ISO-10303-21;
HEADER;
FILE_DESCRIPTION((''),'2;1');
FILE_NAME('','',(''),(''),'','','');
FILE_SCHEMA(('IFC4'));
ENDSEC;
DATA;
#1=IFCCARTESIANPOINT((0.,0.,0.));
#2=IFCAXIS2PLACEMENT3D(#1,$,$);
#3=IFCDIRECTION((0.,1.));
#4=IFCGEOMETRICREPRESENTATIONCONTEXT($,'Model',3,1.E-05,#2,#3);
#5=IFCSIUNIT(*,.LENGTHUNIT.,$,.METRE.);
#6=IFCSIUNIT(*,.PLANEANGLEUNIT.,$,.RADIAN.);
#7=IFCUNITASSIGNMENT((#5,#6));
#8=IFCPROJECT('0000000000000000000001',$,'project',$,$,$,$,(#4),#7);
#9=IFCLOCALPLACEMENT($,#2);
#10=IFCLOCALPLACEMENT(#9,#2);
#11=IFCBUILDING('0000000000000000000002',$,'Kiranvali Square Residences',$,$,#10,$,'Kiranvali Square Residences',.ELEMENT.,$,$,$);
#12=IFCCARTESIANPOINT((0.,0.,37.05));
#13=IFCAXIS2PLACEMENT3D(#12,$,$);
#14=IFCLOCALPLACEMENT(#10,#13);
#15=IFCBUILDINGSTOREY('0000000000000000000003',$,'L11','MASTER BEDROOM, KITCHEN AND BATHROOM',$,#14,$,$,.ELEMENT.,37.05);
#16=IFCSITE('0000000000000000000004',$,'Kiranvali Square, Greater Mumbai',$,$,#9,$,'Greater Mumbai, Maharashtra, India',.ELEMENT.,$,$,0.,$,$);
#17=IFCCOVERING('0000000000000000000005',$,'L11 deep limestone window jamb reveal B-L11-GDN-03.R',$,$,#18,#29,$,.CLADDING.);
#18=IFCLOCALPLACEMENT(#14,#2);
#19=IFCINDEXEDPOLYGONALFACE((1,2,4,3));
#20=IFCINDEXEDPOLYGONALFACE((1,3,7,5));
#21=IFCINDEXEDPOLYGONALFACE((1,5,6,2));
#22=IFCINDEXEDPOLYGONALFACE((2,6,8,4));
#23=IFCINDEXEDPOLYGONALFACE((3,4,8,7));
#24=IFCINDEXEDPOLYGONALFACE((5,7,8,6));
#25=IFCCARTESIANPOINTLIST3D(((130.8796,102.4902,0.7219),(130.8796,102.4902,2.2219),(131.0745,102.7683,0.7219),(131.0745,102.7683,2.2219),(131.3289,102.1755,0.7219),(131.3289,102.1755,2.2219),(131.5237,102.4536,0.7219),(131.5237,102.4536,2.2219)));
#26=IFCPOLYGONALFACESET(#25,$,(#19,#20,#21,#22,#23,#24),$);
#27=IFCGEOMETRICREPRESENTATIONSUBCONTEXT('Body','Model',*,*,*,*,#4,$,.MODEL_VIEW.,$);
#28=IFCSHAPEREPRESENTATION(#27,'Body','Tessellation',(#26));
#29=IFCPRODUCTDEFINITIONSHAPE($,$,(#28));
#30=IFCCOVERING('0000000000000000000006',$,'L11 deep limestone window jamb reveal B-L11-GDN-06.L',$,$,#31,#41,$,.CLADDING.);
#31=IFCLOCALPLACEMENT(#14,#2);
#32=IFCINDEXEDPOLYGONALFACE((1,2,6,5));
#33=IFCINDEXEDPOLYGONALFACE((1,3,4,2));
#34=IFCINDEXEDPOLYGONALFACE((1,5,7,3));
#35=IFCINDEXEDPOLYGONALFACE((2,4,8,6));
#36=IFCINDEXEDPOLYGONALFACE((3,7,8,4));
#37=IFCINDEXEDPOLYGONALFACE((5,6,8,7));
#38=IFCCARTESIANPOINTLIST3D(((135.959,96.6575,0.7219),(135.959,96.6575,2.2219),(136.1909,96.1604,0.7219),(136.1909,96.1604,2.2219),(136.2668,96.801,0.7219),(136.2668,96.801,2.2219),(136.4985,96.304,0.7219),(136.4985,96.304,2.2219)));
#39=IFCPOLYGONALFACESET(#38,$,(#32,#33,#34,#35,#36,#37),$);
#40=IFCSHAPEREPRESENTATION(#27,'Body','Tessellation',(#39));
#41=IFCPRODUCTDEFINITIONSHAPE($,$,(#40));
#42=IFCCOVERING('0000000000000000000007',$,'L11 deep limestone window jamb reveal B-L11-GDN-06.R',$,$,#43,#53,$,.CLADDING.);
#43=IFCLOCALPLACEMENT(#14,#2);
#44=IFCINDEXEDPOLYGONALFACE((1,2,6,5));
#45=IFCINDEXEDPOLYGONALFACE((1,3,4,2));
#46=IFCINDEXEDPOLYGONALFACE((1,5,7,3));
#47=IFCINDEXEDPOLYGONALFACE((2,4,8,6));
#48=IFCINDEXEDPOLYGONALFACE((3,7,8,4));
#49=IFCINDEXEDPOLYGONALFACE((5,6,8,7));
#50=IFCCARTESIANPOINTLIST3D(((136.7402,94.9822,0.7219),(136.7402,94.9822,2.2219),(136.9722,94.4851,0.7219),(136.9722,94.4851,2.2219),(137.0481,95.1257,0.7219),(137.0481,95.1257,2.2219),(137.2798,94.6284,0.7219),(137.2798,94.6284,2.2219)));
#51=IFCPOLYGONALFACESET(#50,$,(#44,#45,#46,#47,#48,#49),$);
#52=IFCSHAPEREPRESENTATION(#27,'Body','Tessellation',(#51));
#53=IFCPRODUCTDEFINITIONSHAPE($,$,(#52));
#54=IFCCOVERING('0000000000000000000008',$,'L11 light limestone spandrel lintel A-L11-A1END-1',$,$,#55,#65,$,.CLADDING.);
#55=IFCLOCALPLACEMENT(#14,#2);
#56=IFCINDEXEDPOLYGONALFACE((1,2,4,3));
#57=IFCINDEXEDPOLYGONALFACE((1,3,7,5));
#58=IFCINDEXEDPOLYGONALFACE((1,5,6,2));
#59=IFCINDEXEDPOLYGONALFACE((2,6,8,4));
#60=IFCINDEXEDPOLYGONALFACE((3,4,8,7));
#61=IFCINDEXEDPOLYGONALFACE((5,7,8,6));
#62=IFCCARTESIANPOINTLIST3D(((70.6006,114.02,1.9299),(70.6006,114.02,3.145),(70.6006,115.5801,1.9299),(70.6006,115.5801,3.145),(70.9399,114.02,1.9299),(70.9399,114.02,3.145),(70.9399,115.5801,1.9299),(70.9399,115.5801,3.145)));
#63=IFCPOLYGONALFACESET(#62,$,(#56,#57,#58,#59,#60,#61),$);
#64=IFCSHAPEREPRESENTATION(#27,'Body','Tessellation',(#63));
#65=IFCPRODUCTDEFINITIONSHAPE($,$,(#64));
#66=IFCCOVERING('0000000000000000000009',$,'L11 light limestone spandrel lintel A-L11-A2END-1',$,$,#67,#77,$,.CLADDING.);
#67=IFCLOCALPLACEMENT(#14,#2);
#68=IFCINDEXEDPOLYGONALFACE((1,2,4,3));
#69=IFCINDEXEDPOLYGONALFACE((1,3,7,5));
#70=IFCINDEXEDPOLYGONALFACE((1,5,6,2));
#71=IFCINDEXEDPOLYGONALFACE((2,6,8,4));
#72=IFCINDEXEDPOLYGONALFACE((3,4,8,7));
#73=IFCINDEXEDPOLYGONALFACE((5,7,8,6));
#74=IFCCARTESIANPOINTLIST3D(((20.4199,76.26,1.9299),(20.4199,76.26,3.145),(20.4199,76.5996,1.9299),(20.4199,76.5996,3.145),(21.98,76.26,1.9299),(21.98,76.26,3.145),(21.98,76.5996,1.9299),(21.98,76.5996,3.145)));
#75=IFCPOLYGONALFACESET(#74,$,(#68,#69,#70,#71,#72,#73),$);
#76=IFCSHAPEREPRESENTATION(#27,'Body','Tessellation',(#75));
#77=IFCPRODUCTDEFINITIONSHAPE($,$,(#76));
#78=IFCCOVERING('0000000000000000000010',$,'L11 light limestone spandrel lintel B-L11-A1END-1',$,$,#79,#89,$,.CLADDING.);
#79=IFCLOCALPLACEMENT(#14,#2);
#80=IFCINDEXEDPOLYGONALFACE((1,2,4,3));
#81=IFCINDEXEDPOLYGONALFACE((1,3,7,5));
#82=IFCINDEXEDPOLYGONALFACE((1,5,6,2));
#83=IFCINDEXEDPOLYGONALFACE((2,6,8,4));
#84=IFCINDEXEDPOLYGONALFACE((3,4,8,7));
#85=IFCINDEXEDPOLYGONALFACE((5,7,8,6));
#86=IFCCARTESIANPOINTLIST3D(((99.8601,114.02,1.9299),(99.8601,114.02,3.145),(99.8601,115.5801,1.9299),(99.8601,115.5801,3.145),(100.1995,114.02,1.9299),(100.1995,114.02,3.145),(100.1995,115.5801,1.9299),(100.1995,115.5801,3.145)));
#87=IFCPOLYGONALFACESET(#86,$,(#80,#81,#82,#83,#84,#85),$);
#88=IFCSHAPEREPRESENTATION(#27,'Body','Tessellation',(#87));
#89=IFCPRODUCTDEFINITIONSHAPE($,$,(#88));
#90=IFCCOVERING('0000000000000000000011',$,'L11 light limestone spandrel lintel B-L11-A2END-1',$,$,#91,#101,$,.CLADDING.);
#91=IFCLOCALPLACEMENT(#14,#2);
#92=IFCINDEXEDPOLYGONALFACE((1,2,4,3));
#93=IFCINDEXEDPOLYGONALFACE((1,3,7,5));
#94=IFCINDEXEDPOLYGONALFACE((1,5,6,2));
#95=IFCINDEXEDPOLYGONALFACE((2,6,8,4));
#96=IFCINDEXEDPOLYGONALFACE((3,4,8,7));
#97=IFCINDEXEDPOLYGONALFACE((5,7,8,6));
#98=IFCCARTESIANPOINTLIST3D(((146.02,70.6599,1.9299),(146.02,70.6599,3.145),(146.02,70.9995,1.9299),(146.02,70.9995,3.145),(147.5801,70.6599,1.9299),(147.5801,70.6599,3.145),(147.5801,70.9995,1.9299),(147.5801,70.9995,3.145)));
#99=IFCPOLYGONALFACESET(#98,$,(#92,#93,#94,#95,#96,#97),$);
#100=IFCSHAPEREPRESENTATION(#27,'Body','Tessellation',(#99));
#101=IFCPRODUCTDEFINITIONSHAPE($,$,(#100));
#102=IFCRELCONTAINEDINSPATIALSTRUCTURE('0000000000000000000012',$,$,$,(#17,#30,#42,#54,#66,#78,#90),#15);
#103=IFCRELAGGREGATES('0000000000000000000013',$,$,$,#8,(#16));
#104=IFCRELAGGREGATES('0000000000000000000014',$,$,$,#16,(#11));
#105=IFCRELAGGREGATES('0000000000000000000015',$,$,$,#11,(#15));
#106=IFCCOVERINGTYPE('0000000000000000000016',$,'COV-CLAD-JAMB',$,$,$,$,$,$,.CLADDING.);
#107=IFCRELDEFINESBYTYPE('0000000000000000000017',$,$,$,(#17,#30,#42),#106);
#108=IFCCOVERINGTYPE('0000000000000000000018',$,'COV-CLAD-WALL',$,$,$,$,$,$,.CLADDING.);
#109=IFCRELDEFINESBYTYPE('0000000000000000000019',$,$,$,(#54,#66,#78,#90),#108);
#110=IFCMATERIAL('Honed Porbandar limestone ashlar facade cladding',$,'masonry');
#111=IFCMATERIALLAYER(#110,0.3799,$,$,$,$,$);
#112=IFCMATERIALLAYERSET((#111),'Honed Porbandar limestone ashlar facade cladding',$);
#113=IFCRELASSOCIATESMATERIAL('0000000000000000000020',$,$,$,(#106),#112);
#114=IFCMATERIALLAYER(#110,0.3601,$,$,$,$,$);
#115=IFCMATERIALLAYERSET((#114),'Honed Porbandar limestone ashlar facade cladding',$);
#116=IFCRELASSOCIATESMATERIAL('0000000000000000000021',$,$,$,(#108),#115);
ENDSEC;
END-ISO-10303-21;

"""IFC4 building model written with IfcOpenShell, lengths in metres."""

from ifc_helpers import new_model, si_unit, direction, frame, origin, place, context, subcontext, project, spatial, polyline, outline, extrude, material, layer, layer_set, type_object, element, save


model = new_model("IFC4")

# Units and contexts
model_context = context("Model", 3, precision=1e-05, world=origin(), true_north=direction((0.0, 1.0)))
body_context = subcontext(model_context, "Body", "Model", "MODEL_VIEW")
ifc_project = project(units=[si_unit("LENGTHUNIT", "METRE"), si_unit("PLANEANGLEUNIT", "RADIAN")], contexts=[model_context])

# Site, building, storey
site_placement = place(None, origin())
site = spatial("IfcSite", under=ifc_project, at=site_placement, Name="Kiranvali Square, Greater Mumbai", LongName="Greater Mumbai, Maharashtra, India", CompositionType="ELEMENT", RefElevation=0.0)
building_placement = place(site_placement, origin())
building = spatial("IfcBuilding", under=site, at=building_placement, Name="Kiranvali Square Residences", LongName="Kiranvali Square Residences", CompositionType="ELEMENT")
storey_placement = place(building_placement, frame((0.0, 0.0, 37.05)))
storey = spatial("IfcBuildingStorey", under=building, at=storey_placement, Name="L11", Description="MASTER BEDROOM, KITCHEN AND BATHROOM", CompositionType="ELEMENT", Elevation=37.05)

# Coverings
ifc_material_1 = material(Name="Honed Porbandar limestone ashlar facade cladding", Category="masonry")
ifc_layer_1 = layer(ifc_material_1, 0.3799)
ifc_layer_set_1 = layer_set([ifc_layer_1], Name="Honed Porbandar limestone ashlar facade cladding")
covering_type_1 = type_object("IfcCoveringType", Name="COV-CLAD-JAMB", PredefinedType="CLADDING", material=ifc_layer_set_1)
covering_1_placement = place(storey_placement, frame((0.0, 0.0, 0.7219)))
element("IfcCovering", 1, at=covering_1_placement, inside=storey, type_object=covering_type_1, Name="L11 deep limestone window jamb reveal B-L11-GDN-03.R", PredefinedType="CLADDING", context=body_context, shape_type="SweptSolid", body=[
    extrude(outline(polyline([(130.8796, 102.4902), (131.3289, 102.1755), (131.5237, 102.4536), (131.0745, 102.7683), (130.8796, 102.4902)])), origin(), (0.0, 0.0, 1.0), 1.5),
])
covering_2_placement = place(storey_placement, frame((0.0, 0.0, 0.7219)))
element("IfcCovering", 2, at=covering_2_placement, inside=storey, type_object=covering_type_1, Name="L11 deep limestone window jamb reveal B-L11-GDN-06.L", PredefinedType="CLADDING", context=body_context, shape_type="SweptSolid", body=[
    extrude(outline(polyline([(135.959, 96.6575), (136.1909, 96.1604), (136.4985, 96.304), (136.2668, 96.801), (135.959, 96.6575)])), origin(), (0.0, 0.0, 1.0), 1.5),
])
covering_3_placement = place(storey_placement, frame((0.0, 0.0, 0.7219)))
element("IfcCovering", 3, at=covering_3_placement, inside=storey, type_object=covering_type_1, Name="L11 deep limestone window jamb reveal B-L11-GDN-06.R", PredefinedType="CLADDING", context=body_context, shape_type="SweptSolid", body=[
    extrude(outline(polyline([(136.7402, 94.9822), (136.9722, 94.4851), (137.2798, 94.6284), (137.0481, 95.1257), (136.7402, 94.9822)])), origin(), (0.0, 0.0, 1.0), 1.5),
])
ifc_layer_2 = layer(ifc_material_1, 0.3601)
ifc_layer_set_2 = layer_set([ifc_layer_2], Name="Honed Porbandar limestone ashlar facade cladding")
covering_type_2 = type_object("IfcCoveringType", Name="COV-CLAD-WALL", PredefinedType="CLADDING", material=ifc_layer_set_2)
covering_4_placement = place(storey_placement, frame((0.0, 0.0, 1.9299)))
element("IfcCovering", 4, at=covering_4_placement, inside=storey, type_object=covering_type_2, Name="L11 light limestone spandrel lintel A-L11-A1END-1", PredefinedType="CLADDING", context=body_context, shape_type="SweptSolid", body=[
    extrude(outline(polyline([(70.9399, 114.02), (70.9399, 115.5801), (70.6006, 115.5801), (70.6006, 114.02), (70.9399, 114.02)])), origin(), (0.0, 0.0, 1.0), 1.2151),
])
covering_5_placement = place(storey_placement, frame((0.0, 0.0, 1.9299)))
element("IfcCovering", 5, at=covering_5_placement, inside=storey, type_object=covering_type_2, Name="L11 light limestone spandrel lintel A-L11-A2END-1", PredefinedType="CLADDING", context=body_context, shape_type="SweptSolid", body=[
    extrude(outline(polyline([(21.98, 76.5996), (20.4199, 76.5996), (20.4199, 76.26), (21.98, 76.26), (21.98, 76.5996)])), origin(), (0.0, 0.0, 1.0), 1.2151),
])
covering_6_placement = place(storey_placement, frame((0.0, 0.0, 1.9299)))
element("IfcCovering", 6, at=covering_6_placement, inside=storey, type_object=covering_type_2, Name="L11 light limestone spandrel lintel B-L11-A1END-1", PredefinedType="CLADDING", context=body_context, shape_type="SweptSolid", body=[
    extrude(outline(polyline([(100.1995, 114.02), (100.1995, 115.5801), (99.8601, 115.5801), (99.8601, 114.02), (100.1995, 114.02)])), origin(), (0.0, 0.0, 1.0), 1.2151),
])
covering_7_placement = place(storey_placement, frame((0.0, 0.0, 1.9299)))
element("IfcCovering", 7, at=covering_7_placement, inside=storey, type_object=covering_type_2, Name="L11 light limestone spandrel lintel B-L11-A2END-1", PredefinedType="CLADDING", context=body_context, shape_type="SweptSolid", body=[
    extrude(outline(polyline([(146.02, 70.6599), (147.5801, 70.6599), (147.5801, 70.9995), (146.02, 70.9995), (146.02, 70.6599)])), origin(), (0.0, 0.0, 1.0), 1.2151),
])

save(model, "model.ifc")
